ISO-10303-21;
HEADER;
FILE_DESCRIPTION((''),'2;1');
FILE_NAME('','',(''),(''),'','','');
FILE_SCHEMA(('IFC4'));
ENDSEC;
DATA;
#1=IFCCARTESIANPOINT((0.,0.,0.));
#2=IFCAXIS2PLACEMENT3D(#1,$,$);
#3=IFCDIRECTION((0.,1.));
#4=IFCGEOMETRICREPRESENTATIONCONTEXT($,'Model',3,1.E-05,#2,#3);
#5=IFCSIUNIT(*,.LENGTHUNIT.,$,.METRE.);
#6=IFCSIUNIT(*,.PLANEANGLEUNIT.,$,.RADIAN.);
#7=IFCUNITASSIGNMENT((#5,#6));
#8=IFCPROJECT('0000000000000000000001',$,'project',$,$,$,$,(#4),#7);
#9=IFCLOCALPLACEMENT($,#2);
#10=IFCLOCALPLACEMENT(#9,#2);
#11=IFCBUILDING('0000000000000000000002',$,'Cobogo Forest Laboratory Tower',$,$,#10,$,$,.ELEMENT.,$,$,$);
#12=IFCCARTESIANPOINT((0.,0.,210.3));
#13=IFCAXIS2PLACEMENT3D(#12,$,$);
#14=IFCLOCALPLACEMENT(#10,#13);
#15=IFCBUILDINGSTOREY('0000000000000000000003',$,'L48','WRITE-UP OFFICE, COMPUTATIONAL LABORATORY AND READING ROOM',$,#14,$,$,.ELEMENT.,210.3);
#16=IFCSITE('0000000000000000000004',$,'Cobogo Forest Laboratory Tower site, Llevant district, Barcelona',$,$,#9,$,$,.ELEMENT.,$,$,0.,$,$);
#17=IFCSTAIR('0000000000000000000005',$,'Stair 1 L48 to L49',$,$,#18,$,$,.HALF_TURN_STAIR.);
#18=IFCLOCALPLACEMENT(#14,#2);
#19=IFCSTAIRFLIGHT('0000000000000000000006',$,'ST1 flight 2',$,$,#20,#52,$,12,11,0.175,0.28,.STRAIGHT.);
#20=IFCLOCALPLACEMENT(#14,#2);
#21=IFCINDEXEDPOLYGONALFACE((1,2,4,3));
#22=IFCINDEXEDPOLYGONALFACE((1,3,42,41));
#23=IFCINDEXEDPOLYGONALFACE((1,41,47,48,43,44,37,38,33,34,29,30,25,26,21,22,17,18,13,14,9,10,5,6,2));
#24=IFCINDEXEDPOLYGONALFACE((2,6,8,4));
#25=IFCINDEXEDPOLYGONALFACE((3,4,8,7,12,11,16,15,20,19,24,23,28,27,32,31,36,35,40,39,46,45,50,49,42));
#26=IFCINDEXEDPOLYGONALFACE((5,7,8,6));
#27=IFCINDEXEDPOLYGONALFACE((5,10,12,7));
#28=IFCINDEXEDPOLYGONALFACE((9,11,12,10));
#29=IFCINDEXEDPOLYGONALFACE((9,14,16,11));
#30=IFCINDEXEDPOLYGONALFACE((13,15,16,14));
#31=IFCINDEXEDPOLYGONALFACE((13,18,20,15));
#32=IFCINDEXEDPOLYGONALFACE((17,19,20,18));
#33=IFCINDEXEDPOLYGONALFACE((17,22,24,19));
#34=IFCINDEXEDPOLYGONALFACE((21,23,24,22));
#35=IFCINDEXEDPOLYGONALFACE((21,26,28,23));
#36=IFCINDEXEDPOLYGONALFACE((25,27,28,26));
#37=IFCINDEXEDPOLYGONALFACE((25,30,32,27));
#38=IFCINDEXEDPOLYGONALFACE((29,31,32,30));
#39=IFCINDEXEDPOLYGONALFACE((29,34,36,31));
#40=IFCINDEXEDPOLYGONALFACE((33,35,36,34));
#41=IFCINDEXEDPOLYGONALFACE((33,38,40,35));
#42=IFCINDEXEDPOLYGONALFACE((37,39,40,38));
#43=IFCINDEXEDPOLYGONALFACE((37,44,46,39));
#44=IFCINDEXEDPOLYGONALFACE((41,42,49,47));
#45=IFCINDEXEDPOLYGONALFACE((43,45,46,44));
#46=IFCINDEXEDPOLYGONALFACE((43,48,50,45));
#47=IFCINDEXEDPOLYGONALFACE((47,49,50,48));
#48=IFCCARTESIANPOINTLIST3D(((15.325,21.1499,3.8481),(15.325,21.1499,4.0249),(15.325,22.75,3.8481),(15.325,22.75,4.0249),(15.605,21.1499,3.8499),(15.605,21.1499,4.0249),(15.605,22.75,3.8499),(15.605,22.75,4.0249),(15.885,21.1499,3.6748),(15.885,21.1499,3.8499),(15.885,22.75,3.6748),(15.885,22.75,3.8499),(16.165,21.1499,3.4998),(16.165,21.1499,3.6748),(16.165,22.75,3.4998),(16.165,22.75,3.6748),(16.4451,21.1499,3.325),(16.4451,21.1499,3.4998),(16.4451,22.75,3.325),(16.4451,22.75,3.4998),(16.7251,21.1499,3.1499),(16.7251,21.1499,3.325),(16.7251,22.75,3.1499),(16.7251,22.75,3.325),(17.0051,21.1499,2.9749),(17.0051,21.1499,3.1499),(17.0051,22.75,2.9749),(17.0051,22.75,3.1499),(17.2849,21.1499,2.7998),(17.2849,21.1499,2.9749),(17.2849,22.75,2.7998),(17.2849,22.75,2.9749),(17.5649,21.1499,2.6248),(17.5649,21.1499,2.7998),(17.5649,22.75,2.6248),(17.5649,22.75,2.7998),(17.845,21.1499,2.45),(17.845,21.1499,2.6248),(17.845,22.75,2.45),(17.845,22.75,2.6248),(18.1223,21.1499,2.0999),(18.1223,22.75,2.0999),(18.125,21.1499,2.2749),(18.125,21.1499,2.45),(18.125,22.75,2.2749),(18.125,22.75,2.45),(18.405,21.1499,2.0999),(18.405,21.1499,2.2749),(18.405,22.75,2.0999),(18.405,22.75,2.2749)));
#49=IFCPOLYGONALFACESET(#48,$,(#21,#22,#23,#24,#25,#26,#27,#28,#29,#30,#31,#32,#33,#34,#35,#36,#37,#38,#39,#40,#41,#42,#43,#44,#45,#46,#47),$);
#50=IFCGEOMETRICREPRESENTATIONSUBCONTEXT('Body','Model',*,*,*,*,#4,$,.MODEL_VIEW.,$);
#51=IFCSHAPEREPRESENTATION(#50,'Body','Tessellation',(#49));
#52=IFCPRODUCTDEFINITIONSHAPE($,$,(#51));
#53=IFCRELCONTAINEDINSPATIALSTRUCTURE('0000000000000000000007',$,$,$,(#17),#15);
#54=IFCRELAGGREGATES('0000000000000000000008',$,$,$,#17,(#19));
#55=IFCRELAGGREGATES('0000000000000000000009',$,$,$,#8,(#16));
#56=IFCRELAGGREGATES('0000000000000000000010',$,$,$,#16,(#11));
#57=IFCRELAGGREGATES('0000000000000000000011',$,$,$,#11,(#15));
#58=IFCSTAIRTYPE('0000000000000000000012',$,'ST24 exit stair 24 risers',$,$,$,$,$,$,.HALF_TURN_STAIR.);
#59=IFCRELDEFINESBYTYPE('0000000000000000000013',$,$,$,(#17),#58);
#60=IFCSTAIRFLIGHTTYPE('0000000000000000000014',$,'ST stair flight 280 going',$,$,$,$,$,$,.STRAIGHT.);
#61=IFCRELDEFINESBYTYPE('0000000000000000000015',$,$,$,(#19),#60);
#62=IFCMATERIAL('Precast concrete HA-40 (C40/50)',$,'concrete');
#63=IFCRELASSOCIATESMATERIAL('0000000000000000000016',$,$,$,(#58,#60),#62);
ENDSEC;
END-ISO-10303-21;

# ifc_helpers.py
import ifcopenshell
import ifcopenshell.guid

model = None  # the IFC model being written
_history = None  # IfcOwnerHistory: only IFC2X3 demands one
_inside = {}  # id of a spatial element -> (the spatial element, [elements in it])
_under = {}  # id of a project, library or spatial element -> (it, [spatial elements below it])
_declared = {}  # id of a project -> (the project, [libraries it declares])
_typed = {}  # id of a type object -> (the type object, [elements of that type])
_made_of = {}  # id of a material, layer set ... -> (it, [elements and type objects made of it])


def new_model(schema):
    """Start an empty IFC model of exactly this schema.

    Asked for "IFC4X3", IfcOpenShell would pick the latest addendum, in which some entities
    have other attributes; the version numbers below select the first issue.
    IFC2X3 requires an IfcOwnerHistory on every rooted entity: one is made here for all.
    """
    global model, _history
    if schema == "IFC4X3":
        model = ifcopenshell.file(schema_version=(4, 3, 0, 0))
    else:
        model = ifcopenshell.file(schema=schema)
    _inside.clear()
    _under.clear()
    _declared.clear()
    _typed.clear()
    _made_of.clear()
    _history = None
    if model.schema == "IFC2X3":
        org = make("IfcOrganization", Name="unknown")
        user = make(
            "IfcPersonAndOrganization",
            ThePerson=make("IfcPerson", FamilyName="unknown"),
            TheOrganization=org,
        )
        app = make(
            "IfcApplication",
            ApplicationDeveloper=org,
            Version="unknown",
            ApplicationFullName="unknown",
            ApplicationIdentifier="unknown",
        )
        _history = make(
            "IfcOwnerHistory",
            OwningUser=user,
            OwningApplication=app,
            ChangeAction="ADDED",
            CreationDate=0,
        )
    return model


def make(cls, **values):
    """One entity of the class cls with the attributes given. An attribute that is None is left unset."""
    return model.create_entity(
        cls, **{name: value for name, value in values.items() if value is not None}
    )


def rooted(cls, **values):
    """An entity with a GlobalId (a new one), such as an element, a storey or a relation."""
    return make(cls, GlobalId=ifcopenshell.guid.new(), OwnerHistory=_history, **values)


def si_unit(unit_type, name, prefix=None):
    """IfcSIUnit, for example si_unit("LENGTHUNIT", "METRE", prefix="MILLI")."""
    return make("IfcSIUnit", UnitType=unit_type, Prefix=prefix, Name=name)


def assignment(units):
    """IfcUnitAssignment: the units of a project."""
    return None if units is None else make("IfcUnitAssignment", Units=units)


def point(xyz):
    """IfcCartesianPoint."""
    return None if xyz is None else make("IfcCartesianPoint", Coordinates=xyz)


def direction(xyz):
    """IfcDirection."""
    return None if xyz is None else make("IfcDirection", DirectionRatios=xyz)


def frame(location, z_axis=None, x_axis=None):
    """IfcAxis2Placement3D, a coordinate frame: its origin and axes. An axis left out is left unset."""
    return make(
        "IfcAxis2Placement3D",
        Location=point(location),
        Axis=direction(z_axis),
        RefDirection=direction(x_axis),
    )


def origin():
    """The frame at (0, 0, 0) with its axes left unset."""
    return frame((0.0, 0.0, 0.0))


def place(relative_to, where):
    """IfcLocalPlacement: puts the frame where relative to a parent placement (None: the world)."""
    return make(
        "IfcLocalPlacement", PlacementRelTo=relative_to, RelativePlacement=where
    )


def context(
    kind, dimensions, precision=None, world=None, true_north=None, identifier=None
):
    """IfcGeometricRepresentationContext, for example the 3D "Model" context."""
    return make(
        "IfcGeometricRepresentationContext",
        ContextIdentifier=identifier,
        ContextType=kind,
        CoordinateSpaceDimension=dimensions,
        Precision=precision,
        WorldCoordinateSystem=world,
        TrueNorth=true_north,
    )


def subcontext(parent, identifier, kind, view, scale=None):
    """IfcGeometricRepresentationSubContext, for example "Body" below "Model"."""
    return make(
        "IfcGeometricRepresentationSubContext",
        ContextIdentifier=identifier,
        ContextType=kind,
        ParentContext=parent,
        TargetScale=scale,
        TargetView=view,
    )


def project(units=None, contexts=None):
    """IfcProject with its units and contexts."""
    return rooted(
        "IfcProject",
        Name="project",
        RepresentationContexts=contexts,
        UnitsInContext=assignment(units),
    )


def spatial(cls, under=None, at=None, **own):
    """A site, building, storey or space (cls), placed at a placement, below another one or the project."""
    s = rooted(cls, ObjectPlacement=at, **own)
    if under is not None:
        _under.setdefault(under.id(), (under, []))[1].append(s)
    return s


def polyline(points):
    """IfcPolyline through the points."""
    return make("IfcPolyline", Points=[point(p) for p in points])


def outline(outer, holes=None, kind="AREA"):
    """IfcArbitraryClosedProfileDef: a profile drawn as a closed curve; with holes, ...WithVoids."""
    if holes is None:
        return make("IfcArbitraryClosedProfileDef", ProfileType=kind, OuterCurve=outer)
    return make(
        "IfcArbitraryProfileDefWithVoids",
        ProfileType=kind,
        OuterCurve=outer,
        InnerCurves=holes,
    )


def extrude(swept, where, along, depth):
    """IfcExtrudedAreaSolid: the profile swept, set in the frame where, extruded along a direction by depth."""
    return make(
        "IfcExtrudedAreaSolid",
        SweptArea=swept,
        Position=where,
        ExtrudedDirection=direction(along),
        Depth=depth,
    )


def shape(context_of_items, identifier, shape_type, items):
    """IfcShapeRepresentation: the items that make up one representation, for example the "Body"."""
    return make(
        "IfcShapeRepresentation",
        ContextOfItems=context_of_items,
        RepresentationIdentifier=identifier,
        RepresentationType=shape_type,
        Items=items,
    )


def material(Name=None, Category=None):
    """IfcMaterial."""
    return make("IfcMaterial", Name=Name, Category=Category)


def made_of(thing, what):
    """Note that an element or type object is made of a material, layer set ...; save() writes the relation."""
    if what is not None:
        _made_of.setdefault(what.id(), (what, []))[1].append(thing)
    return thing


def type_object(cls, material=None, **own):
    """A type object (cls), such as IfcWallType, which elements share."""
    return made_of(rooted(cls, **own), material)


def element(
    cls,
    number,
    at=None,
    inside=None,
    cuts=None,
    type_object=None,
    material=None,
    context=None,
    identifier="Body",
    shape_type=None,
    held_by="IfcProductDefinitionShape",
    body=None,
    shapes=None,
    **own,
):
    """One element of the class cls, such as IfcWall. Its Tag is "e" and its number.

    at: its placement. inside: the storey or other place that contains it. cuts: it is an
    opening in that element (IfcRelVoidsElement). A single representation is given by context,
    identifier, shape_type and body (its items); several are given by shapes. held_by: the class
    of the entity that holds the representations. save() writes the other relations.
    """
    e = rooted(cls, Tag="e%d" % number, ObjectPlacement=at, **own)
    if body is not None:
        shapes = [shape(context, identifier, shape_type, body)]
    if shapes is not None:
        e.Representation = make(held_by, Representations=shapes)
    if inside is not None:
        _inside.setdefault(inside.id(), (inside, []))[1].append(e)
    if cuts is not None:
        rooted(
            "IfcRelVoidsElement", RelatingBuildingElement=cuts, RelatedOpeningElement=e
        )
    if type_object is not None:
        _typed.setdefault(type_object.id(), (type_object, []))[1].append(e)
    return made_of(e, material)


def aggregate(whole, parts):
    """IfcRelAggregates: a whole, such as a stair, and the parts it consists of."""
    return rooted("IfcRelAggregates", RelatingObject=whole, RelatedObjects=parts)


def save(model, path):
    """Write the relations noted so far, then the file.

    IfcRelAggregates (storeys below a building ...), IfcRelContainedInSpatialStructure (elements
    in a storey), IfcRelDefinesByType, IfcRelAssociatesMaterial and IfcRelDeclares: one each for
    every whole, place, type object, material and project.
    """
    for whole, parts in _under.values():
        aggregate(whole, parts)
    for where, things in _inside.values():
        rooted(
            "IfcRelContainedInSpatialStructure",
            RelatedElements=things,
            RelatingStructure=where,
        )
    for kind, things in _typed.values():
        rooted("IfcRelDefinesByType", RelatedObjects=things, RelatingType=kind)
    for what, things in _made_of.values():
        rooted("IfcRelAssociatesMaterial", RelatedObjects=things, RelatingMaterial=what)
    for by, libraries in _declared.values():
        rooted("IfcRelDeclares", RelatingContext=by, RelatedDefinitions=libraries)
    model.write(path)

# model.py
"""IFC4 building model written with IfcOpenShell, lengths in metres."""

from ifc_helpers import new_model, si_unit, direction, frame, origin, place, context, subcontext, project, spatial, polyline, outline, extrude, material, type_object, element, aggregate, save


model = new_model("IFC4")

# Units and contexts
model_context = context("Model", 3, precision=1e-05, world=origin(), true_north=direction((0.0, 1.0)))
body_context = subcontext(model_context, "Body", "Model", "MODEL_VIEW")
ifc_project = project(units=[si_unit("LENGTHUNIT", "METRE"), si_unit("PLANEANGLEUNIT", "RADIAN")], contexts=[model_context])

# Site, building, storey
site_placement = place(None, origin())
site = spatial("IfcSite", under=ifc_project, at=site_placement, Name="Cobogo Forest Laboratory Tower site, Llevant district, Barcelona", CompositionType="ELEMENT", RefElevation=0.0)
building_placement = place(site_placement, origin())
building = spatial("IfcBuilding", under=site, at=building_placement, Name="Cobogo Forest Laboratory Tower", CompositionType="ELEMENT")
storey_placement = place(building_placement, frame((0.0, 0.0, 210.3)))
storey = spatial("IfcBuildingStorey", under=building, at=storey_placement, Name="L48", Description="WRITE-UP OFFICE, COMPUTATIONAL LABORATORY AND READING ROOM", CompositionType="ELEMENT", Elevation=210.3)

# Stair, stair flight
ifc_material_1 = material(Name="Precast concrete HA-40 (C40/50)", Category="concrete")
stair_type = type_object("IfcStairType", Name="ST24 exit stair 24 risers", PredefinedType="HALF_TURN_STAIR", material=ifc_material_1)
stair_placement = place(storey_placement, origin())
stair = element("IfcStair", 1, at=stair_placement, inside=storey, type_object=stair_type, Name="Stair 1 L48 to L49", PredefinedType="HALF_TURN_STAIR")
stair_flight_type = type_object("IfcStairFlightType", Name="ST stair flight 280 going", PredefinedType="STRAIGHT", material=ifc_material_1)
stair_flight_1_placement = place(storey_placement, frame((18.405, 21.95, 2.0999), z_axis=(0.0, 0.0, 1.0), x_axis=(-1.0, 0.0, 0.0)))
stair_flight_1 = element("IfcStairFlight", 2, at=stair_flight_1_placement, type_object=stair_flight_type, Name="ST1 flight 2", NumberOfRisers=12, NumberOfTreads=11, PredefinedType="STRAIGHT", RiserHeight=0.175, TreadLength=0.28, context=body_context, shape_type="SweptSolid", body=[
    extrude(outline(polyline([(0.0, 0.0), (0.0, 0.175), (0.28, 0.175), (0.28, 0.3501), (0.5601, 0.3501), (0.5601, 0.5249), (0.8401, 0.5249), (0.8401, 0.7), (1.1201, 0.7), (1.1201, 0.875), (1.3999, 0.875), (1.3999, 1.05), (1.6799, 1.05), (1.6799, 1.2251), (1.96, 1.2251), (1.96, 1.3999), (2.24, 1.3999), (2.24, 1.575), (2.52, 1.575), (2.52, 1.75), (2.8, 1.75), (2.8, 1.925), (3.0801, 1.925), (3.0801, 2.1001), (3.0801, 1.7483), (0.2827, 0.0), (0.0, 0.0)])), frame((0.0, 0.8, 0.0), z_axis=(0.0, -1.0, 0.0), x_axis=(1.0, 0.0, 0.0)), (0.0, 0.0, 1.0), 1.6001),
])
aggregate(stair, [stair_flight_1])

save(model, "model.ifc")
